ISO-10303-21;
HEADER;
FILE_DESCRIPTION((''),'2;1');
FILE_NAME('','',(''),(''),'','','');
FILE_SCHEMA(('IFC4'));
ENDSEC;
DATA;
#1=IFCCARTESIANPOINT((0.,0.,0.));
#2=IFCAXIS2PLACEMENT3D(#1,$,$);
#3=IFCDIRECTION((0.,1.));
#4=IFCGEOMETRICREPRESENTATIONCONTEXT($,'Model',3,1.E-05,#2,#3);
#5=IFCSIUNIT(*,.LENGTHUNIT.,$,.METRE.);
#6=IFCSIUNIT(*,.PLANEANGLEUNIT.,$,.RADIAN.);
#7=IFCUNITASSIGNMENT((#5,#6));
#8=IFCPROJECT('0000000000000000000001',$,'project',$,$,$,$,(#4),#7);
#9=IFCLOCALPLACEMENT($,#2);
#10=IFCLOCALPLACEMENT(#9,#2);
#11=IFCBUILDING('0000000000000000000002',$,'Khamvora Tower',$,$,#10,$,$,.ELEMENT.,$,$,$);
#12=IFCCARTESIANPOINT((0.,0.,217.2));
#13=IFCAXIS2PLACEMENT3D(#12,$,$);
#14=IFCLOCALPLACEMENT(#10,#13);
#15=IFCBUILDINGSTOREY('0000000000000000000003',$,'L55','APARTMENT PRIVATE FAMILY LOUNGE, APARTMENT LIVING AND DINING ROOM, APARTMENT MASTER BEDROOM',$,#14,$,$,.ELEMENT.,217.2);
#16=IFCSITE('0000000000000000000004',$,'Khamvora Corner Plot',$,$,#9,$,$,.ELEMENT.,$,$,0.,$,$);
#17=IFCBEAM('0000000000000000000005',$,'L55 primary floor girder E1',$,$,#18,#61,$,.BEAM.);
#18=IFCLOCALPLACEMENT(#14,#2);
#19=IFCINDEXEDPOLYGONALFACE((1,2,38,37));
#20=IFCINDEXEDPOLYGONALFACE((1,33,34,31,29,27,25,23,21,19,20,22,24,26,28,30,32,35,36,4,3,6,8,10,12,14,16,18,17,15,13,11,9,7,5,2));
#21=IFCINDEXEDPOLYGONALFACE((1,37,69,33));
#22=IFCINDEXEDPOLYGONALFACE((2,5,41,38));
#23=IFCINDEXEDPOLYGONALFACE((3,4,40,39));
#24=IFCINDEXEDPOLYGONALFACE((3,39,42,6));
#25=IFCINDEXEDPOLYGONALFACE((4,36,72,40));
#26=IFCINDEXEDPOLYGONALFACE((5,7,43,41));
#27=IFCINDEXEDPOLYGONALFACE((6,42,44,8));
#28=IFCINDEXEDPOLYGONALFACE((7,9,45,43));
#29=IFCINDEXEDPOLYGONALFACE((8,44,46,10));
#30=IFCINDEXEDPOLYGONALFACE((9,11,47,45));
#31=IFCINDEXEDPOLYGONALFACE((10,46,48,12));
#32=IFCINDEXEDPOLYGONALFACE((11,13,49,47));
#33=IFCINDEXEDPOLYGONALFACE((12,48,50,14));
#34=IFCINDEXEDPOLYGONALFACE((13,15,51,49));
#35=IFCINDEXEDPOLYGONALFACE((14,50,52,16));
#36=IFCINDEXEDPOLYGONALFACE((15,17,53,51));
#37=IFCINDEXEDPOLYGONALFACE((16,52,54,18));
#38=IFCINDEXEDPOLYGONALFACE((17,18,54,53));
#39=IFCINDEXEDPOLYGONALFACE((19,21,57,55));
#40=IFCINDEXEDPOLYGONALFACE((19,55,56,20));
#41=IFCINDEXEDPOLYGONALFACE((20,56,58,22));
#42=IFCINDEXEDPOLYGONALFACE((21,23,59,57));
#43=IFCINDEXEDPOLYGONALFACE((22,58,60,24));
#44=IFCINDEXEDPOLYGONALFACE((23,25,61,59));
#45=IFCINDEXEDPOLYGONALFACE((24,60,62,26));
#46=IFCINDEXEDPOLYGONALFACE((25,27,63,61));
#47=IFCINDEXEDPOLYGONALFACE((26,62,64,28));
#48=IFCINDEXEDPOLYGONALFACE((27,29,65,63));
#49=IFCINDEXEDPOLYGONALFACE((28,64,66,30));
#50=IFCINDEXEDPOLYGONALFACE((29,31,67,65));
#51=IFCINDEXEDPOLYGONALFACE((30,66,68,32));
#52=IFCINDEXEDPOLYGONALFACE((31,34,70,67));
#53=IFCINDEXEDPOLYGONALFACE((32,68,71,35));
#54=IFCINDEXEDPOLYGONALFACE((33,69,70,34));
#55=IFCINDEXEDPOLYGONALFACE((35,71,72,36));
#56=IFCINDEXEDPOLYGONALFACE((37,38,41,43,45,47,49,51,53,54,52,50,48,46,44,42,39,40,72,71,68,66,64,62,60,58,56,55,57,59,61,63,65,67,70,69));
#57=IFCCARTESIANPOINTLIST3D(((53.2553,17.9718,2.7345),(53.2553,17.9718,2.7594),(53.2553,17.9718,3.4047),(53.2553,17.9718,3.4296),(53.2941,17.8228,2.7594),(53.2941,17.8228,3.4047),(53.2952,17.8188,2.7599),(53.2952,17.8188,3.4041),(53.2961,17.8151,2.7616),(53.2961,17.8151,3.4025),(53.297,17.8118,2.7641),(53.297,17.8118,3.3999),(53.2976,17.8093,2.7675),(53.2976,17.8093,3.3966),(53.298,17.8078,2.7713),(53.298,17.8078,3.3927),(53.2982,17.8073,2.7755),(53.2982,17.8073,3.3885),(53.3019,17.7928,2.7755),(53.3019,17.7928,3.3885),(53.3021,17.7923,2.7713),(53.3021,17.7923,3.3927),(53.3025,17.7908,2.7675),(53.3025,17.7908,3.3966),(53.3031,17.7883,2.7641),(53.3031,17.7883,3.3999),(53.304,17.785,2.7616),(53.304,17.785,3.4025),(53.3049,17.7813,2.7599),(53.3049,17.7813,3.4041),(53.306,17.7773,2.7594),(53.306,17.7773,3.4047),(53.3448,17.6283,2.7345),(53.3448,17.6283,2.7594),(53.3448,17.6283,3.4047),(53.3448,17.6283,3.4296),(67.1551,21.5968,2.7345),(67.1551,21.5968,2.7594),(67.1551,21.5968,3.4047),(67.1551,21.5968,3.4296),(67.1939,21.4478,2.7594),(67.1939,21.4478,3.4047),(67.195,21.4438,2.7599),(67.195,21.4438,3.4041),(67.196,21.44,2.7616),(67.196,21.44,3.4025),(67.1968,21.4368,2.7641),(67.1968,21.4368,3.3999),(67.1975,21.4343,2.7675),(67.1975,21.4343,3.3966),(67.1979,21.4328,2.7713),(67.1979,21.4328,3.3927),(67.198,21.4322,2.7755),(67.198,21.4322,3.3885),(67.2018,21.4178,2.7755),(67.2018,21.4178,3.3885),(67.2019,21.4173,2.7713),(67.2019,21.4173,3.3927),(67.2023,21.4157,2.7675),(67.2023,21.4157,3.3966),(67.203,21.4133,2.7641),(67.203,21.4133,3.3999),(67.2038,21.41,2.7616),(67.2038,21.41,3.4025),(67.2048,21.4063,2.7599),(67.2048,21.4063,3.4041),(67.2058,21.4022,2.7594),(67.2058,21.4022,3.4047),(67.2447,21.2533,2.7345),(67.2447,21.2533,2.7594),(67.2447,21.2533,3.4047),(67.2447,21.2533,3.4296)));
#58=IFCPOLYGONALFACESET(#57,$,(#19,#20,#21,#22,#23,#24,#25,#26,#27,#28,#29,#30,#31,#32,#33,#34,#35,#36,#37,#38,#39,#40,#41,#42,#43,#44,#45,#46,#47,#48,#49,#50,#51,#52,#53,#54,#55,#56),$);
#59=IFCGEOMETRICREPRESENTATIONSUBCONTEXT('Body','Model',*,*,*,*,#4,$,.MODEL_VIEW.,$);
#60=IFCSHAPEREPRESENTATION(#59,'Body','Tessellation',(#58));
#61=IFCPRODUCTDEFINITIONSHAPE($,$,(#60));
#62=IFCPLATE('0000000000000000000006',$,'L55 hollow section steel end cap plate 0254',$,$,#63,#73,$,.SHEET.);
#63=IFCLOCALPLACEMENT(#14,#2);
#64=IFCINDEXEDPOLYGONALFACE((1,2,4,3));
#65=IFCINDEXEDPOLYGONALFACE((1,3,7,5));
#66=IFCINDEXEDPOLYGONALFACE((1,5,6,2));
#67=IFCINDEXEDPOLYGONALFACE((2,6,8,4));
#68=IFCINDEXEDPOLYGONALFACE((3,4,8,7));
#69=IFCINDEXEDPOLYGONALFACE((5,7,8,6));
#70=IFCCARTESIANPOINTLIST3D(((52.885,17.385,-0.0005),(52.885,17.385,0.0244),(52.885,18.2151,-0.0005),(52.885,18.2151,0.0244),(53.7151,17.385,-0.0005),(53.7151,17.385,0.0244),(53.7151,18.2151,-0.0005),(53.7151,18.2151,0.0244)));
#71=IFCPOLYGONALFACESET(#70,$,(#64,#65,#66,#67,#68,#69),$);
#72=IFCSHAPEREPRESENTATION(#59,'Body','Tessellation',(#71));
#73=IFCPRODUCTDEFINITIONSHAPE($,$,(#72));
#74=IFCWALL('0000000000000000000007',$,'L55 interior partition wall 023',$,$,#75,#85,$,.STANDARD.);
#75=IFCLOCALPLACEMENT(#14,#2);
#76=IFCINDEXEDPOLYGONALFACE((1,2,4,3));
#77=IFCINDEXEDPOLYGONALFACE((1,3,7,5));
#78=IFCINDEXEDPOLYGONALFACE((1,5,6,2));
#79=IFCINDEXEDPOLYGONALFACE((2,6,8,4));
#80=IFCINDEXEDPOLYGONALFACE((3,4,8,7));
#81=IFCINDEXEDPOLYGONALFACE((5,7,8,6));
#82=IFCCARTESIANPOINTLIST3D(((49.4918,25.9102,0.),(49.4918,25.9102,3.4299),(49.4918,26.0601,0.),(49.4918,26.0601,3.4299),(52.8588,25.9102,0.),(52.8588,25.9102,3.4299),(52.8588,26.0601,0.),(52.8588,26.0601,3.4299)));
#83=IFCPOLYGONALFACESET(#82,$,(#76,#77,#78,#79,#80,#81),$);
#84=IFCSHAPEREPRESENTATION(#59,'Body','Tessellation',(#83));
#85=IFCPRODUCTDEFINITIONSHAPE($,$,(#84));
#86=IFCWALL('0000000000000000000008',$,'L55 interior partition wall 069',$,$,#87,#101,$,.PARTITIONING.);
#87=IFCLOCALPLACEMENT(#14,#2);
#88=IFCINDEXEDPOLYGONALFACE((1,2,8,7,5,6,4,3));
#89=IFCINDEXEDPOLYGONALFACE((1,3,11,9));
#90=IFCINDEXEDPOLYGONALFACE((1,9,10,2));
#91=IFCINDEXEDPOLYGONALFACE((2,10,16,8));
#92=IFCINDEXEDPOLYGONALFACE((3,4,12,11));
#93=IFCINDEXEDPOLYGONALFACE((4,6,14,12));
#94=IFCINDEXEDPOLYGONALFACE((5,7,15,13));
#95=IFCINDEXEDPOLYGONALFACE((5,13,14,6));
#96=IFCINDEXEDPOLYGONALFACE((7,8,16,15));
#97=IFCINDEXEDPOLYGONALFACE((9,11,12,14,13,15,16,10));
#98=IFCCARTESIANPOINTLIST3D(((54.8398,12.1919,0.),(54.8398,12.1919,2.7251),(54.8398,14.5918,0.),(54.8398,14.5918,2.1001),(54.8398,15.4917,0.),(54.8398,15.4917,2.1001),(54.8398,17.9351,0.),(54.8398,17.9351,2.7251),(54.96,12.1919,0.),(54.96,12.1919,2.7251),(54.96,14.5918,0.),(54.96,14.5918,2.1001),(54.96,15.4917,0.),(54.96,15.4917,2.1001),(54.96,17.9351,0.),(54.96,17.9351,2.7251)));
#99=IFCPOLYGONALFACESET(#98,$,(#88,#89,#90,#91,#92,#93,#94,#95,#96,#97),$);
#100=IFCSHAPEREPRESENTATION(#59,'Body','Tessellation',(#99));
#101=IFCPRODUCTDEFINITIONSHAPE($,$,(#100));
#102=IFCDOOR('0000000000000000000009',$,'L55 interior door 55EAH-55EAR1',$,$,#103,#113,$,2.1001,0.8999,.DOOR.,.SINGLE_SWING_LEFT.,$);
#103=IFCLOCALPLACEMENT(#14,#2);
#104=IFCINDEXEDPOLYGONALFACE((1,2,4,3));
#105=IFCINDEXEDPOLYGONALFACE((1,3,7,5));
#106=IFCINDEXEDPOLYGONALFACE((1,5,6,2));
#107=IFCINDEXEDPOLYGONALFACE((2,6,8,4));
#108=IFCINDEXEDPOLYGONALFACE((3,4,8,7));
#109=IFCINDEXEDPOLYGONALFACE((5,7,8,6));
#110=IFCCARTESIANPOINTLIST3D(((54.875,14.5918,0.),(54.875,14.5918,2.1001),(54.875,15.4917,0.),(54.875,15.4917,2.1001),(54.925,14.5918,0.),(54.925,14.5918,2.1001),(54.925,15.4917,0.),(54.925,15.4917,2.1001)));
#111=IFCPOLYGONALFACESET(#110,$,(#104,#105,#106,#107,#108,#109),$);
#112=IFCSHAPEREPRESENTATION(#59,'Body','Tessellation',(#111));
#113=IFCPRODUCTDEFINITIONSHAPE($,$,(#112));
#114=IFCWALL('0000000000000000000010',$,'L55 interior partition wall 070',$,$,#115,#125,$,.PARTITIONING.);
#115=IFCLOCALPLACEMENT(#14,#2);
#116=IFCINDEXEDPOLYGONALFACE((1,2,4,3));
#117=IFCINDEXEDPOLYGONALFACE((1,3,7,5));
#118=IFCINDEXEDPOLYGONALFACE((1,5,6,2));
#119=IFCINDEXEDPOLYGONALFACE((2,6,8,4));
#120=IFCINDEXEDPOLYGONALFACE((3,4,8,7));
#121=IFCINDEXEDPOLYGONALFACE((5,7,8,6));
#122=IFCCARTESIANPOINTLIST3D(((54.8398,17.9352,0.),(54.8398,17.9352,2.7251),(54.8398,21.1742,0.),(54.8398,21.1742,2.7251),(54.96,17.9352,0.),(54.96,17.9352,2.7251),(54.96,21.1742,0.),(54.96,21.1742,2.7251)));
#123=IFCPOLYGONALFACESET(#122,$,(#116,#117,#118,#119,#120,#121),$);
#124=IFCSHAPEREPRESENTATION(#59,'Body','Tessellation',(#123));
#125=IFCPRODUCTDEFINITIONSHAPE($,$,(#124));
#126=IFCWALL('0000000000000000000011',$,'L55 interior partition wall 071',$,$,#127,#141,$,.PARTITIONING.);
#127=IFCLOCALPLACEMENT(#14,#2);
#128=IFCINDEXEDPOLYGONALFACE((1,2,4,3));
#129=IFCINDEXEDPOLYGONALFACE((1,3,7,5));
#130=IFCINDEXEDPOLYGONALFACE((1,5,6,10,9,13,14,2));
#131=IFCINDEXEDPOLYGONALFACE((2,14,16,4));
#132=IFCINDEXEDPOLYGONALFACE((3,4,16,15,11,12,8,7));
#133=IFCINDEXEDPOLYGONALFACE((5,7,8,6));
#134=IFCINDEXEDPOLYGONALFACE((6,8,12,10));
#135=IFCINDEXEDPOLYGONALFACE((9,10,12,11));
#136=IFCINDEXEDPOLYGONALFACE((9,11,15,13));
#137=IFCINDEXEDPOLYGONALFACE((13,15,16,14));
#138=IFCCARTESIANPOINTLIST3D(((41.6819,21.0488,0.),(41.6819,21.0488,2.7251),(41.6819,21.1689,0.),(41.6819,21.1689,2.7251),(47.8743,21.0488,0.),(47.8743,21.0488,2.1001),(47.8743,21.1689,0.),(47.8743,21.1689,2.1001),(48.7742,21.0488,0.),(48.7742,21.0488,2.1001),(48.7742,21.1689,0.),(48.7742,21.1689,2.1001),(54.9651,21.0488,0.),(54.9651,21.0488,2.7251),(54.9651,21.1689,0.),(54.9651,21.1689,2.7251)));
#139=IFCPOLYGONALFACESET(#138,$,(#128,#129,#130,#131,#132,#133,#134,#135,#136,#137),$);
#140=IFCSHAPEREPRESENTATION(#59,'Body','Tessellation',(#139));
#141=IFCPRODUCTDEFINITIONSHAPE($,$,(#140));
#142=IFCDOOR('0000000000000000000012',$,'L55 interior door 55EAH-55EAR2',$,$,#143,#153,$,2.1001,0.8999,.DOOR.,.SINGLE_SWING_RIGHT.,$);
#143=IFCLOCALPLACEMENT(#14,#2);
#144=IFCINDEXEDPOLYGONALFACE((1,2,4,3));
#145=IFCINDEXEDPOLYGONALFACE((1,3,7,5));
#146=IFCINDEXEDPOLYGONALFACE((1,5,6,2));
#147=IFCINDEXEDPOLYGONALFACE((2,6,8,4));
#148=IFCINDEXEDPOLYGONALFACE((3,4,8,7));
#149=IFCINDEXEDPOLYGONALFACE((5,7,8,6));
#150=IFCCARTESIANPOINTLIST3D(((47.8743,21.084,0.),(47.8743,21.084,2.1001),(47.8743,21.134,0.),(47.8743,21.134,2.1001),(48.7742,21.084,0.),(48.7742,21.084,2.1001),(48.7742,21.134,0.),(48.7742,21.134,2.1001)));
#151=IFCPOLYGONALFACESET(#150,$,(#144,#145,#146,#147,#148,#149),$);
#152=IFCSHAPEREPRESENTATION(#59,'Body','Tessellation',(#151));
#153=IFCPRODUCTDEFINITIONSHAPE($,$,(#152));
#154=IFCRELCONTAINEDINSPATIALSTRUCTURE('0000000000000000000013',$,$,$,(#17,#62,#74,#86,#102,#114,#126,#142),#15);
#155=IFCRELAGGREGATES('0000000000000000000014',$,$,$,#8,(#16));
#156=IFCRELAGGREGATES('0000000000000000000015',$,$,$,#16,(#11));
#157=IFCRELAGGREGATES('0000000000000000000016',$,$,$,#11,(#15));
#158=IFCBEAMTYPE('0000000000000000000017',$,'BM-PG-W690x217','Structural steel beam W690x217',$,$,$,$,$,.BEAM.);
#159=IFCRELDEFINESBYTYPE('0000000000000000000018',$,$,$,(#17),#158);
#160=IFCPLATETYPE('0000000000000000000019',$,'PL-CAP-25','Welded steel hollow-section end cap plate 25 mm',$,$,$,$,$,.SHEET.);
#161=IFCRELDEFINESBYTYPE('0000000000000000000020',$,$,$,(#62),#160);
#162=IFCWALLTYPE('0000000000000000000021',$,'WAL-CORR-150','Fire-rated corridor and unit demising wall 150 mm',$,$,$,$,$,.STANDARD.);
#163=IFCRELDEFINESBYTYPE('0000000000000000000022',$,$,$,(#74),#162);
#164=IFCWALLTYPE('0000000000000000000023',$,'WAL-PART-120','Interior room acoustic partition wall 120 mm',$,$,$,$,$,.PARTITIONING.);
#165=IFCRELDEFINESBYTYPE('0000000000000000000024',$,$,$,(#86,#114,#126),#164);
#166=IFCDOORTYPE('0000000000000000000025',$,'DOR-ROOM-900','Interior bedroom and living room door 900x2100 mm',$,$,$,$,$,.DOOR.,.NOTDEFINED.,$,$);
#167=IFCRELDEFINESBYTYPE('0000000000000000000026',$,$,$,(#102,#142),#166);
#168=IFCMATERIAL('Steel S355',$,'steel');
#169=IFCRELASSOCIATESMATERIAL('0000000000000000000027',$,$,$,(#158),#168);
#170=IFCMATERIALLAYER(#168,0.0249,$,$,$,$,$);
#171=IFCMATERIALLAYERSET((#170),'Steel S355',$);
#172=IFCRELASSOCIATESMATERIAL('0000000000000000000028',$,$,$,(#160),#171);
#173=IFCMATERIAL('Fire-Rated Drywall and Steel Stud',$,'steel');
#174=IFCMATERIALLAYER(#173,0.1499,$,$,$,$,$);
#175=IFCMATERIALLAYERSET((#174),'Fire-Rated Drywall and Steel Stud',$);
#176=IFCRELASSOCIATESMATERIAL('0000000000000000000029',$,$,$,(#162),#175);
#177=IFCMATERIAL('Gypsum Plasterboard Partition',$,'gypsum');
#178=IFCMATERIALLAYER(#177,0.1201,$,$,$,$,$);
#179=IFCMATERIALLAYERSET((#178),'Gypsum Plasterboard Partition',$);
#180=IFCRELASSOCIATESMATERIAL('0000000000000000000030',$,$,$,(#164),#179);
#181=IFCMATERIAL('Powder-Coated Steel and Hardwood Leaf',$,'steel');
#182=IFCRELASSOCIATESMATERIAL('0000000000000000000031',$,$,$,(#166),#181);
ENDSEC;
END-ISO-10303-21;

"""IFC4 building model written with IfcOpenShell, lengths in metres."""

from ifc_helpers import new_model, si_unit, direction, frame, frame_2d, origin, origin_2d, place, context, subcontext, project, spatial, rectangle, i_section, extrude, material, layer, layer_set, material_profile, profile_set, type_object, element, fill, save


model = new_model("IFC4")

# Units and contexts
model_context = context("Model", 3, precision=1e-05, world=origin(), true_north=direction((0.0, 1.0)))
body_context = subcontext(model_context, "Body", "Model", "MODEL_VIEW")
ifc_project = project(units=[si_unit("LENGTHUNIT", "METRE"), si_unit("PLANEANGLEUNIT", "RADIAN")], contexts=[model_context])

# Site, building, storey
site_placement = place(None, origin())
site = spatial("IfcSite", under=ifc_project, at=site_placement, Name="Khamvora Corner Plot", CompositionType="ELEMENT", RefElevation=0.0)
building_placement = place(site_placement, origin())
building = spatial("IfcBuilding", under=site, at=building_placement, Name="Khamvora Tower", CompositionType="ELEMENT")
storey_placement = place(building_placement, frame((0.0, 0.0, 217.2)))
storey = spatial("IfcBuildingStorey", under=building, at=storey_placement, Name="L55", Description="APARTMENT PRIVATE FAMILY LOUNGE, APARTMENT LIVING AND DINING ROOM, APARTMENT MASTER BEDROOM", CompositionType="ELEMENT", Elevation=217.2)

# Shared definitions
ifc_material_1 = material(Name="Steel S355", Category="steel")

# Beam
ifc_material_profile_1 = material_profile(ifc_material_1, i_section(OverallWidth=0.355, OverallDepth=0.6951, WebThickness=0.0149, FlangeThickness=0.0249, FilletRadius=0.0161, at=origin_2d()), Name="W690x217")
ifc_profile_set_1 = profile_set([ifc_material_profile_1], Name="Steel S355")
beam_type_1 = type_object("IfcBeamType", Name="BM-PG-W690x217", Description="Structural steel beam W690x217", PredefinedType="BEAM", material=ifc_profile_set_1)
beam_1_placement = place(storey_placement, frame((53.3, 17.8, 3.082), z_axis=(0.967635, 0.252353, 0.0), x_axis=(-0.252353, 0.967635, 0.0)))
element("IfcBeam", 1, at=beam_1_placement, inside=storey, type_object=beam_type_1, Name="L55 primary floor girder E1", PredefinedType="BEAM", context=body_context, shape_type="SweptSolid", body=[
    extrude(i_section(OverallWidth=0.355, OverallDepth=0.6951, WebThickness=0.0149, FlangeThickness=0.0249, FilletRadius=0.0161, at=origin_2d()), origin(), (0.0, 0.0, 1.0), 14.3647),
])

# Plate
ifc_layer_1 = layer(ifc_material_1, 0.0249)
ifc_layer_set_1 = layer_set([ifc_layer_1], Name="Steel S355")
plate_type = type_object("IfcPlateType", Name="PL-CAP-25", Description="Welded steel hollow-section end cap plate 25 mm", PredefinedType="SHEET", material=ifc_layer_set_1)
plate_placement = place(storey_placement, frame((53.3, 17.8, -0.0005), z_axis=(0.0, 0.0, 1.0), x_axis=(1.0, 0.0, 0.0)))
element("IfcPlate", 2, at=plate_placement, inside=storey, type_object=plate_type, Name="L55 hollow section steel end cap plate 0254", PredefinedType="SHEET", context=body_context, shape_type="SweptSolid", body=[
    extrude(rectangle(XDim=0.8301, YDim=0.8301, at=origin_2d()), origin(), (0.0, 0.0, 1.0), 0.0249),
])

# Wall
ifc_material_2 = material(Name="Fire-Rated Drywall and Steel Stud", Category="steel")
ifc_layer_2 = layer(ifc_material_2, 0.1499)
ifc_layer_set_2 = layer_set([ifc_layer_2], Name="Fire-Rated Drywall and Steel Stud")
wall_type_1 = type_object("IfcWallType", Name="WAL-CORR-150", Description="Fire-rated corridor and unit demising wall 150 mm", PredefinedType="STANDARD", material=ifc_layer_set_2)
wall_1_placement = place(storey_placement, frame((52.8589, 25.9851, 0.0), z_axis=(0.0, 0.0, 1.0), x_axis=(-1.0, 0.0, 0.0)))
element("IfcWall", 3, at=wall_1_placement, inside=storey, type_object=wall_type_1, Name="L55 interior partition wall 023", PredefinedType="STANDARD", context=body_context, shape_type="SweptSolid", body=[
    extrude(rectangle(XDim=3.3669, YDim=0.1499, at=frame_2d((1.6836, 0.0))), origin(), (0.0, 0.0, 1.0), 3.4299),
])

# Wall, opening, door
ifc_material_3 = material(Name="Gypsum Plasterboard Partition", Category="gypsum")
ifc_layer_3 = layer(ifc_material_3, 0.1201)
ifc_layer_set_3 = layer_set([ifc_layer_3], Name="Gypsum Plasterboard Partition")
wall_type_2 = type_object("IfcWallType", Name="WAL-PART-120", Description="Interior room acoustic partition wall 120 mm", PredefinedType="PARTITIONING", material=ifc_layer_set_3)
wall_2_placement = place(storey_placement, frame((54.8999, 12.1919, 0.0), z_axis=(0.0, 0.0, 1.0), x_axis=(0.0, 1.0, 0.0)))
wall_2 = element("IfcWall", 4, at=wall_2_placement, inside=storey, type_object=wall_type_2, Name="L55 interior partition wall 069", PredefinedType="PARTITIONING", context=body_context, shape_type="SweptSolid", body=[
    extrude(rectangle(XDim=5.7432, YDim=0.1201, at=frame_2d((2.8716, 0.0))), origin(), (0.0, 0.0, 1.0), 2.7251),
])
opening_1_placement = place(wall_2_placement, frame((2.3999, 0.0, 0.0)))
opening_1 = element("IfcOpeningElement", 5, at=opening_1_placement, cuts=wall_2, PredefinedType="OPENING", context=body_context, shape_type="SweptSolid", body=[
    extrude(rectangle(XDim=0.8999, YDim=2.1001, at=frame_2d((0.45, 1.05))), frame((0.0, 0.0701, 0.0), z_axis=(0.0, -1.0, 0.0), x_axis=(1.0, 0.0, 0.0)), (0.0, 0.0, 1.0), 0.1401),
])
ifc_material_4 = material(Name="Powder-Coated Steel and Hardwood Leaf", Category="steel")
door_type_1 = type_object("IfcDoorType", Name="DOR-ROOM-900", Description="Interior bedroom and living room door 900x2100 mm", OperationType="NOTDEFINED", PredefinedType="DOOR", material=ifc_material_4)
door_1_placement = place(opening_1_placement, origin())
door_1 = element("IfcDoor", 6, at=door_1_placement, inside=storey, type_object=door_type_1, Name="L55 interior door 55EAH-55EAR1", OperationType="SINGLE_SWING_LEFT", OverallHeight=2.1001, OverallWidth=0.8999, PredefinedType="DOOR", context=body_context, shape_type="SweptSolid", body=[
    extrude(rectangle(XDim=0.8999, YDim=2.1001, at=frame_2d((0.45, 1.05))), frame((0.0, 0.0249, 0.0), z_axis=(0.0, -1.0, 0.0), x_axis=(1.0, 0.0, 0.0)), (0.0, 0.0, 1.0), 0.05),
])
fill(opening_1, door_1)

# Wall
wall_3_placement = place(storey_placement, frame((54.8999, 17.9351, 0.0), z_axis=(0.0, 0.0, 1.0), x_axis=(0.0, 1.0, 0.0)))
element("IfcWall", 7, at=wall_3_placement, inside=storey, type_object=wall_type_2, Name="L55 interior partition wall 070", PredefinedType="PARTITIONING", context=body_context, shape_type="SweptSolid", body=[
    extrude(rectangle(XDim=3.239, YDim=0.1201, at=frame_2d((1.6196, 0.0))), origin(), (0.0, 0.0, 1.0), 2.7251),
])

# Wall, opening, door
wall_4_placement = place(storey_placement, frame((54.9651, 21.1089, 0.0), z_axis=(0.0, 0.0, 1.0), x_axis=(-1.0, 0.0, 0.0)))
wall_4 = element("IfcWall", 8, at=wall_4_placement, inside=storey, type_object=wall_type_2, Name="L55 interior partition wall 071", PredefinedType="PARTITIONING", context=body_context, shape_type="SweptSolid", body=[
    extrude(rectangle(XDim=13.2832, YDim=0.1201, at=frame_2d((6.6416, 0.0))), origin(), (0.0, 0.0, 1.0), 2.7251),
])
opening_2_placement = place(wall_4_placement, frame((6.1909, 0.0, 0.0)))
opening_2 = element("IfcOpeningElement", 9, at=opening_2_placement, cuts=wall_4, PredefinedType="OPENING", context=body_context, shape_type="SweptSolid", body=[
    extrude(rectangle(XDim=0.8999, YDim=2.1001, at=frame_2d((0.45, 1.05))), frame((0.0, 0.0701, 0.0), z_axis=(0.0, -1.0, 0.0), x_axis=(1.0, 0.0, 0.0)), (0.0, 0.0, 1.0), 0.1401),
])
door_2_placement = place(opening_2_placement, origin())
door_2 = element("IfcDoor", 10, at=door_2_placement, inside=storey, type_object=door_type_1, Name="L55 interior door 55EAH-55EAR2", OperationType="SINGLE_SWING_RIGHT", OverallHeight=2.1001, OverallWidth=0.8999, PredefinedType="DOOR", context=body_context, shape_type="SweptSolid", body=[
    extrude(rectangle(XDim=0.8999, YDim=2.1001, at=frame_2d((0.45, 1.05))), frame((0.0, 0.0249, 0.0), z_axis=(0.0, -1.0, 0.0), x_axis=(1.0, 0.0, 0.0)), (0.0, 0.0, 1.0), 0.05),
])
fill(opening_2, door_2)

save(model, "model.ifc")
